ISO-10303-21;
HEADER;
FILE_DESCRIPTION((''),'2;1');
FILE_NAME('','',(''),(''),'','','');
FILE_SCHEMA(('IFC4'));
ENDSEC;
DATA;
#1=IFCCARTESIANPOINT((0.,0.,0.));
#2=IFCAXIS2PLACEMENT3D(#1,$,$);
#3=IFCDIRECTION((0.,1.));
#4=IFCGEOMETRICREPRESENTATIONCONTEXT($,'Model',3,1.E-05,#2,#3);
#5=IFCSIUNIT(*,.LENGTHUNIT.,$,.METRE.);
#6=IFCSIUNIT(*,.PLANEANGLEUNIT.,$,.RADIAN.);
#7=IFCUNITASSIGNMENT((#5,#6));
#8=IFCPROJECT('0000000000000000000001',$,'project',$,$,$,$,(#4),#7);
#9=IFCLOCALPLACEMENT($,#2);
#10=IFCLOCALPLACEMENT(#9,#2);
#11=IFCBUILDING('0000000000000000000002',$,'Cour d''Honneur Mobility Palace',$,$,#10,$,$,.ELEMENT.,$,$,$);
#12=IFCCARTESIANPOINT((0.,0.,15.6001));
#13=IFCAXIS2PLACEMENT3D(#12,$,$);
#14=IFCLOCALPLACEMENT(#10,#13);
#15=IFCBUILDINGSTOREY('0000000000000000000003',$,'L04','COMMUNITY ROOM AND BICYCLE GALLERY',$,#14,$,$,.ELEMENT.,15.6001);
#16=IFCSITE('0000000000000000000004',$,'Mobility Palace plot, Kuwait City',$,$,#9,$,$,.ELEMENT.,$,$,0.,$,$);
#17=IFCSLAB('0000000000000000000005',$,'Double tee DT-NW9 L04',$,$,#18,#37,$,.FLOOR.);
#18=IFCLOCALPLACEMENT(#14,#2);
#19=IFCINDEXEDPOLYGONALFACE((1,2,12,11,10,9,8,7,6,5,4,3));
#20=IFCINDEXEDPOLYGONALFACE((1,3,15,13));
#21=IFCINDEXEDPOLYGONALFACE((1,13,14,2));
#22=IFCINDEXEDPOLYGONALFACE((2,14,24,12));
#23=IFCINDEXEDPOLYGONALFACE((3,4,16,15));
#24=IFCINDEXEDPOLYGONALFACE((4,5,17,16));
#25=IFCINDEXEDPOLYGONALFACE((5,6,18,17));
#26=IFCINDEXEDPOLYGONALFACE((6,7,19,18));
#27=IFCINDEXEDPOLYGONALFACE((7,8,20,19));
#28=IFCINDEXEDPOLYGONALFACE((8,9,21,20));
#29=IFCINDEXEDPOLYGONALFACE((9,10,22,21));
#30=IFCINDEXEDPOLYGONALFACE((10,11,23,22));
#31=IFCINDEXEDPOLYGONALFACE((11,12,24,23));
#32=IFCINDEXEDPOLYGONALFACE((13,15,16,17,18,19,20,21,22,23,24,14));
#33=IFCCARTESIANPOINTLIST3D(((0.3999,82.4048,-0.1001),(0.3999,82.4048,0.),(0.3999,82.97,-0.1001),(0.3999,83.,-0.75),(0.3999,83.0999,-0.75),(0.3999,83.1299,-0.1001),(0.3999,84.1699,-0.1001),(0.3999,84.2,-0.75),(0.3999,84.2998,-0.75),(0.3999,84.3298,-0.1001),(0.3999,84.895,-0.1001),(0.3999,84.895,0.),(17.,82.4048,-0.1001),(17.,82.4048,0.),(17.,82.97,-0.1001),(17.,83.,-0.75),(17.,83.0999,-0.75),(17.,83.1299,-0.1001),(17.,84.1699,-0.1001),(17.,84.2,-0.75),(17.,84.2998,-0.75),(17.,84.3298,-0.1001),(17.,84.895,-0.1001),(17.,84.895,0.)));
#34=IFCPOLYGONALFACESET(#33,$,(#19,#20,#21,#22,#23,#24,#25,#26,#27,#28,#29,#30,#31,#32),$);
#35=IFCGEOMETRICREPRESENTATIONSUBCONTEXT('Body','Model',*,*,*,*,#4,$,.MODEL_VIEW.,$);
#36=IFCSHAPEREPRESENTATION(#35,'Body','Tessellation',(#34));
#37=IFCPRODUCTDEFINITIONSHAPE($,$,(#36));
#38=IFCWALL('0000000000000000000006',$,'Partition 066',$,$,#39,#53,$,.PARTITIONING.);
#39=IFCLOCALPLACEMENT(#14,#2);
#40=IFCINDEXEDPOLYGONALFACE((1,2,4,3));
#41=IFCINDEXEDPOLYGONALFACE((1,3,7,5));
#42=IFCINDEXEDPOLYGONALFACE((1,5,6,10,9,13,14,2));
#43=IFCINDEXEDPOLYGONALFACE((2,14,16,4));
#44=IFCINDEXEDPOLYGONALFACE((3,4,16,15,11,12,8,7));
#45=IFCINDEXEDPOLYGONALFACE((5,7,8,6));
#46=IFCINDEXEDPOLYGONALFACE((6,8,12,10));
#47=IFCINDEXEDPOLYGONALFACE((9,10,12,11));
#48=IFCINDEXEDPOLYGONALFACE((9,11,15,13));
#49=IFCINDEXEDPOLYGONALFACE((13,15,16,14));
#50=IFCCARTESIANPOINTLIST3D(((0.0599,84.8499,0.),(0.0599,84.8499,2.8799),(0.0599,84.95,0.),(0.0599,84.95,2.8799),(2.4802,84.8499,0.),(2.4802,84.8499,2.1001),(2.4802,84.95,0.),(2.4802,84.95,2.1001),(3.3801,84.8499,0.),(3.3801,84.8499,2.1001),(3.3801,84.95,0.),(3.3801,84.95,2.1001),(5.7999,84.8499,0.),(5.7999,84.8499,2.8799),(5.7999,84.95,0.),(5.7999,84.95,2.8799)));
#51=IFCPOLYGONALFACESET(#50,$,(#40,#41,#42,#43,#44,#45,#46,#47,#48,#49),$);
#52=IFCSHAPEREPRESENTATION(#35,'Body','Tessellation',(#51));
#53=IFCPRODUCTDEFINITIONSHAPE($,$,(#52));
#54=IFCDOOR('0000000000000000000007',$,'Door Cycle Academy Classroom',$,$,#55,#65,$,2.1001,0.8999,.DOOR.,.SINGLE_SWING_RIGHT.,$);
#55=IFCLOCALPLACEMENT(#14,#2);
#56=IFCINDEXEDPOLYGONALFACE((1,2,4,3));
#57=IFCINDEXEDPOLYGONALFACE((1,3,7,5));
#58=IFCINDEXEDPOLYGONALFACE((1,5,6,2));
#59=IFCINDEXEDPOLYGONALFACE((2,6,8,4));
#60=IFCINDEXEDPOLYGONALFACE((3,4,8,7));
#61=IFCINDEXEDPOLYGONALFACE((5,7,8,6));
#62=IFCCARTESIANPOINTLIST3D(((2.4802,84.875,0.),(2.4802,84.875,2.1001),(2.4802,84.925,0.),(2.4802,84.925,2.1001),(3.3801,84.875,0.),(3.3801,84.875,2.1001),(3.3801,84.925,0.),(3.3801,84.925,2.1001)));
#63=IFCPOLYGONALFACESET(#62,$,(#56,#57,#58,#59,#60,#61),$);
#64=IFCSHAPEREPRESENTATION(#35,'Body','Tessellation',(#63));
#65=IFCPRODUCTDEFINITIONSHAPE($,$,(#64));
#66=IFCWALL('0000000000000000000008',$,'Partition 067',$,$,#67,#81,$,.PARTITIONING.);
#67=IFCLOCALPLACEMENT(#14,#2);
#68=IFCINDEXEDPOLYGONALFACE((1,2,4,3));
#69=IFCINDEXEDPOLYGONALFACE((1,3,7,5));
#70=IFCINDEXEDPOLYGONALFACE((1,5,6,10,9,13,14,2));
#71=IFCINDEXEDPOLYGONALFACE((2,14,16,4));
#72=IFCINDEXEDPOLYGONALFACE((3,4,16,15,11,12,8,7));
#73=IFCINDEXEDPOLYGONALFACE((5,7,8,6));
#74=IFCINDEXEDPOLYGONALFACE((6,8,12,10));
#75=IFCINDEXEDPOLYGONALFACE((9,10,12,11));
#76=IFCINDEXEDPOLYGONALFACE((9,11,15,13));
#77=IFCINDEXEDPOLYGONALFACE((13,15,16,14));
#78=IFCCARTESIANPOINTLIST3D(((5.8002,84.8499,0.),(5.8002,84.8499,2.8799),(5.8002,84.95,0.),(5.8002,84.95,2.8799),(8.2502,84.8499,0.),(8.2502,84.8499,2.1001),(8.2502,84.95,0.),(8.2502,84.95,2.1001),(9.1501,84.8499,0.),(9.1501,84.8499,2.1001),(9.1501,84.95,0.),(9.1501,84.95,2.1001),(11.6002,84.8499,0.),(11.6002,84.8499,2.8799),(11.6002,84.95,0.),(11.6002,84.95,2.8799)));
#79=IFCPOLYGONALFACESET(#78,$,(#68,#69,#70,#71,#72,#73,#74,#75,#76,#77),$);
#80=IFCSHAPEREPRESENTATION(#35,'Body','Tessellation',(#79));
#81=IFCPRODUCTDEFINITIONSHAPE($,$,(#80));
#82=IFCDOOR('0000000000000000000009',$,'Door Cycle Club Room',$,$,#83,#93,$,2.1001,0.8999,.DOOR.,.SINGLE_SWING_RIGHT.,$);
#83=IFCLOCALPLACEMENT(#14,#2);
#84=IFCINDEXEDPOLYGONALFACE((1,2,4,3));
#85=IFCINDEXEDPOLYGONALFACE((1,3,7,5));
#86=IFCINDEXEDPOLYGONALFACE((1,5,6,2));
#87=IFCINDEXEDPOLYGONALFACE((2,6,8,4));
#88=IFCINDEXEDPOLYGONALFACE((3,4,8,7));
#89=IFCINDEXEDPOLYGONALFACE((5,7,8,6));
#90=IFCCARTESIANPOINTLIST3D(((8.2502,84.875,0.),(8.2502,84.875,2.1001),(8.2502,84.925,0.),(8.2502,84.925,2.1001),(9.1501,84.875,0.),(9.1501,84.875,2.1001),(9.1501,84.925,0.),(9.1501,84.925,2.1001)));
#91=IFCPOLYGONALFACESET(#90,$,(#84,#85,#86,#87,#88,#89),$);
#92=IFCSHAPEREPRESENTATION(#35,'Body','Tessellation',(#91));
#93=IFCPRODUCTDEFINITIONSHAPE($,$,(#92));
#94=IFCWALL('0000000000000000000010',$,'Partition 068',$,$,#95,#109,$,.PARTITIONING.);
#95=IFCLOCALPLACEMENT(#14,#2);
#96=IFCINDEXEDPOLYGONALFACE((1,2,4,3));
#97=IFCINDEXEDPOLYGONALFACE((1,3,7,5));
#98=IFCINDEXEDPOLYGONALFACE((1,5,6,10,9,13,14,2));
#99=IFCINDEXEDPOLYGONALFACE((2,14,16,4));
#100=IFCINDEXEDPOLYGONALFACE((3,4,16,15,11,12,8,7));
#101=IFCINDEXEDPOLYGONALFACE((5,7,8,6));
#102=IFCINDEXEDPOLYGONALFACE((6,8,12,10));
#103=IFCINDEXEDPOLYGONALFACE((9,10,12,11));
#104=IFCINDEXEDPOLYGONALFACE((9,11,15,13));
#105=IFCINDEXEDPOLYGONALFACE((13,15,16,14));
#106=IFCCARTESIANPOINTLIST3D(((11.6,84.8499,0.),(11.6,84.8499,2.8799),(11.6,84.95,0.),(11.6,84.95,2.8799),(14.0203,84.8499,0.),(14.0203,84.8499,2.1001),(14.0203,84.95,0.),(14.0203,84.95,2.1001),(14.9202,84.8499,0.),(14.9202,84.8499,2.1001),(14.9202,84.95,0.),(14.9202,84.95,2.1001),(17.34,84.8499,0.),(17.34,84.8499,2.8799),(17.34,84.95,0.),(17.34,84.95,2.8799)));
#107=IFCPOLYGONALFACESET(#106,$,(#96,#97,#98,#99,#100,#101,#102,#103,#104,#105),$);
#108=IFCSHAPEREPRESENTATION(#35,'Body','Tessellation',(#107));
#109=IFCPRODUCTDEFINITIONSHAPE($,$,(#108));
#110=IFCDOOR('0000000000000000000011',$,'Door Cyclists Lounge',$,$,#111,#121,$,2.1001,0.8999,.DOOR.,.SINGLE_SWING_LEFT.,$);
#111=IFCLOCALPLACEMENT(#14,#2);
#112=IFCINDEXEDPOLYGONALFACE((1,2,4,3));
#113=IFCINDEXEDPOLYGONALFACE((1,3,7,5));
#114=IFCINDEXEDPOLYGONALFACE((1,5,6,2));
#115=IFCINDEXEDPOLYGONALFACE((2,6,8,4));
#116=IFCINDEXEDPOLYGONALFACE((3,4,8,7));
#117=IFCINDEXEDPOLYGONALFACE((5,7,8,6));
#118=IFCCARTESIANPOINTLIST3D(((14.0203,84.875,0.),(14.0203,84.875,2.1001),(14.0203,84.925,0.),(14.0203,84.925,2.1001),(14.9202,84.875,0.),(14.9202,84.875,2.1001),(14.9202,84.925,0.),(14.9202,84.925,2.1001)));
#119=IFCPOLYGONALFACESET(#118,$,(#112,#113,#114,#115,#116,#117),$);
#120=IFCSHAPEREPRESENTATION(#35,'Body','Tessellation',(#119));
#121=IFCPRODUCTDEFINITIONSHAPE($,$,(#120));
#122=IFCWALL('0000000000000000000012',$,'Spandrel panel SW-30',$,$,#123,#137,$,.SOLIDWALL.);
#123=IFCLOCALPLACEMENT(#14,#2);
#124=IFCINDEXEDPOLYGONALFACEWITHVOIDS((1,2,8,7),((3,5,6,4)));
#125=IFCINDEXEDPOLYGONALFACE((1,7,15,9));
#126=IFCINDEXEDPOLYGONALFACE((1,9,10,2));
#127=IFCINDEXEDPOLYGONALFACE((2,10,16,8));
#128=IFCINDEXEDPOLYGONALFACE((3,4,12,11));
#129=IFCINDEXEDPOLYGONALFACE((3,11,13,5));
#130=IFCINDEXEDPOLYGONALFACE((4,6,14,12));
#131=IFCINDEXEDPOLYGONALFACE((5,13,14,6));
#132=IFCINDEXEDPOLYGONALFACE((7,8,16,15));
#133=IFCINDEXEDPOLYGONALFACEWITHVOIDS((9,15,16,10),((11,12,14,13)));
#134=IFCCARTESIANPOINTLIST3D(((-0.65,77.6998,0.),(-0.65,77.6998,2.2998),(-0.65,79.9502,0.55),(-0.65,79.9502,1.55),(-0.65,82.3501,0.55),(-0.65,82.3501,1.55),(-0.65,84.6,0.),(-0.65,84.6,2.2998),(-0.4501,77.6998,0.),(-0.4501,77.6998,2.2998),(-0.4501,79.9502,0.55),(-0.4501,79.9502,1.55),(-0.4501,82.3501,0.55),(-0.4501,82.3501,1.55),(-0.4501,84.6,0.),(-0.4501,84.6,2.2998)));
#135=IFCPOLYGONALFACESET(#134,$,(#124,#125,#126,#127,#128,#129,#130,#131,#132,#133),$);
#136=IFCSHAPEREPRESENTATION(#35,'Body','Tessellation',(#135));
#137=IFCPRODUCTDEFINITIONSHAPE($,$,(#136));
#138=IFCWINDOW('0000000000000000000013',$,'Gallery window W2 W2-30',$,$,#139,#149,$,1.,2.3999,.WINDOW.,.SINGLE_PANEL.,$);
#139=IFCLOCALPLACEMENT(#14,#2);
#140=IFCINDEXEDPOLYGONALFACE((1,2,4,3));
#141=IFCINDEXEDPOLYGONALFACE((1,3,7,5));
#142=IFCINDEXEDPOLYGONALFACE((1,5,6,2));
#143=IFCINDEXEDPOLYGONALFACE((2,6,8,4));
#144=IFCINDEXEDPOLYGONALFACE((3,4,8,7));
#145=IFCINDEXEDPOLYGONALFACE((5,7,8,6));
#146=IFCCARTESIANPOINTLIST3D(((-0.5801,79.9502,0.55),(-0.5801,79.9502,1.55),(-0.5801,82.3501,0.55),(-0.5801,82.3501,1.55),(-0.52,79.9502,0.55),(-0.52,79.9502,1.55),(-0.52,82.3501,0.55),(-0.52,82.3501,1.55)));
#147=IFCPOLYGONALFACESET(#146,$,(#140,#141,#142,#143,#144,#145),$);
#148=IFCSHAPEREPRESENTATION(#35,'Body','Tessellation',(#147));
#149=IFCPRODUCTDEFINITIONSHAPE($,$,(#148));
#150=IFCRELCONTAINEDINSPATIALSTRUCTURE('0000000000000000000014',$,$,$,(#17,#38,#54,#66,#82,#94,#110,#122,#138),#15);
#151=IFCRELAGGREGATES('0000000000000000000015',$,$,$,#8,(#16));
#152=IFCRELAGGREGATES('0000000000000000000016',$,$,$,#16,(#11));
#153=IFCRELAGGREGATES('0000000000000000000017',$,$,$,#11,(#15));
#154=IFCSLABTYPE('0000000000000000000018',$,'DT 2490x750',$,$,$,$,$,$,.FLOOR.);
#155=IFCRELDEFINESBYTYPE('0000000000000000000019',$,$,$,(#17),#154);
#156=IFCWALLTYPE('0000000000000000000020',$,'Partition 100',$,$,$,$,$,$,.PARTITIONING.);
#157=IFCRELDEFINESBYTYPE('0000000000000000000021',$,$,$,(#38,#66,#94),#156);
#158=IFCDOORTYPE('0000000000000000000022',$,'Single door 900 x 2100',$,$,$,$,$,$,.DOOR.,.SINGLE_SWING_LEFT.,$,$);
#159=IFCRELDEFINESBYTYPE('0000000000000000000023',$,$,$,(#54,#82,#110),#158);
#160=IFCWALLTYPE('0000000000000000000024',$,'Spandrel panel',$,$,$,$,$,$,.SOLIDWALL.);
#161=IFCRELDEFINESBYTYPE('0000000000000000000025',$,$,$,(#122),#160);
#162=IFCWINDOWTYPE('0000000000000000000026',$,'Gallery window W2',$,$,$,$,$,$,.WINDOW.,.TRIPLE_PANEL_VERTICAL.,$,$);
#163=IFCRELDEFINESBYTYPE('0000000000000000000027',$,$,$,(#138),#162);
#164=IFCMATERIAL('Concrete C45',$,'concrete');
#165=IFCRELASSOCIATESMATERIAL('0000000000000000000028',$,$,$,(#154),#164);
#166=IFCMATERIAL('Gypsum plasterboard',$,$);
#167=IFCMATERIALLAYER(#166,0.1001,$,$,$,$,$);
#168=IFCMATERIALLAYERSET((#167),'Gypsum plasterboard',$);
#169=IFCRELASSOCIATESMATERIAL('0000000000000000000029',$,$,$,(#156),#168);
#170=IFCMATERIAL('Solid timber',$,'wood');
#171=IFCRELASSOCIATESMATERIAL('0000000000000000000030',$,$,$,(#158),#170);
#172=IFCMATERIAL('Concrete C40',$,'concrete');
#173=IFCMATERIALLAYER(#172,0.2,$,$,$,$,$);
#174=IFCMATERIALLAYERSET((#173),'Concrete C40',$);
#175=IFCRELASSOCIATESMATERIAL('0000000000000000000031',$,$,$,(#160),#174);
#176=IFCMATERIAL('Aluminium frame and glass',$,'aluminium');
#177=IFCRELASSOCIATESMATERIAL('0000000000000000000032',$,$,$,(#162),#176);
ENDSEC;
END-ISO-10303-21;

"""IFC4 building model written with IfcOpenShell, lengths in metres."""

from ifc_helpers import new_model, si_unit, direction, frame, frame_2d, origin, place, context, subcontext, project, spatial, polyline, rectangle, outline, extrude, material, layer, layer_set, material_profile, profile_set, type_object, element, fill, save


model = new_model("IFC4")

# Units and contexts
model_context = context("Model", 3, precision=1e-05, world=origin(), true_north=direction((0.0, 1.0)))
body_context = subcontext(model_context, "Body", "Model", "MODEL_VIEW")
ifc_project = project(units=[si_unit("LENGTHUNIT", "METRE"), si_unit("PLANEANGLEUNIT", "RADIAN")], contexts=[model_context])

# Site, building, storey
site_placement = place(None, origin())
site = spatial("IfcSite", under=ifc_project, at=site_placement, Name="Mobility Palace plot, Kuwait City", CompositionType="ELEMENT", RefElevation=0.0)
building_placement = place(site_placement, origin())
building = spatial("IfcBuilding", under=site, at=building_placement, Name="Cour d'Honneur Mobility Palace", CompositionType="ELEMENT")
storey_placement = place(building_placement, frame((0.0, 0.0, 15.6001)))
storey = spatial("IfcBuildingStorey", under=building, at=storey_placement, Name="L04", Description="COMMUNITY ROOM AND BICYCLE GALLERY", CompositionType="ELEMENT", Elevation=15.6001)

# Slab
ifc_material_1 = material(Name="Concrete C45", Category="concrete")
ifc_material_profile_1 = material_profile(ifc_material_1, outline(polyline([(-1.2451, 0.0), (1.2451, 0.0), (1.2451, -0.1001), (0.6799, -0.1001), (0.6499, -0.75), (0.55, -0.75), (0.52, -0.1001), (-0.52, -0.1001), (-0.55, -0.75), (-0.6499, -0.75), (-0.6799, -0.1001), (-1.2451, -0.1001), (-1.2451, 0.0)])), Name="DT 2490x750")
ifc_profile_set_1 = profile_set([ifc_material_profile_1], Name="Concrete C45")
slab_type = type_object("IfcSlabType", Name="DT 2490x750", PredefinedType="FLOOR", material=ifc_profile_set_1)
slab_1_placement = place(storey_placement, frame((0.3999, 83.6499, 0.0), z_axis=(1.0, 0.0, 0.0), x_axis=(0.0, 1.0, 0.0)))
element("IfcSlab", 1, at=slab_1_placement, inside=storey, type_object=slab_type, Name="Double tee DT-NW9 L04", PredefinedType="FLOOR", context=body_context, shape_type="SweptSolid", body=[
    extrude(outline(polyline([(-1.2451, 0.0), (1.2451, 0.0), (1.2451, -0.1001), (0.6799, -0.1001), (0.6499, -0.75), (0.55, -0.75), (0.52, -0.1001), (-0.52, -0.1001), (-0.55, -0.75), (-0.6499, -0.75), (-0.6799, -0.1001), (-1.2451, -0.1001), (-1.2451, 0.0)])), origin(), (0.0, 0.0, 1.0), 16.6001),
])

# Walls, openings, doors
ifc_material_2 = material(Name="Gypsum plasterboard")
ifc_layer_1 = layer(ifc_material_2, 0.1001)
ifc_layer_set_1 = layer_set([ifc_layer_1], Name="Gypsum plasterboard")
wall_type_1 = type_object("IfcWallType", Name="Partition 100", PredefinedType="PARTITIONING", material=ifc_layer_set_1)
wall_1_placement = place(storey_placement, frame((5.8, 84.8999, 0.0), z_axis=(0.0, 0.0, 1.0), x_axis=(-1.0, 0.0, 0.0)))
wall_1 = element("IfcWall", 2, at=wall_1_placement, inside=storey, type_object=wall_type_1, Name="Partition 066", PredefinedType="PARTITIONING", context=body_context, shape_type="SweptSolid", body=[
    extrude(rectangle(XDim=5.74, YDim=0.1001, at=frame_2d((2.8701, 0.0))), origin(), (0.0, 0.0, 1.0), 2.8799),
])
opening_1_placement = place(wall_1_placement, frame((2.4199, 0.0, 0.0)))
opening_1 = element("IfcOpeningElement", 3, at=opening_1_placement, cuts=wall_1, PredefinedType="OPENING", context=body_context, shape_type="SweptSolid", body=[
    extrude(rectangle(XDim=0.8999, YDim=2.1001, at=frame_2d((0.45, 1.05))), frame((0.0, 0.0601, 0.0), z_axis=(0.0, -1.0, 0.0), x_axis=(1.0, 0.0, 0.0)), (0.0, 0.0, 1.0), 0.1201),
])
ifc_material_3 = material(Name="Solid timber", Category="wood")
door_type = type_object("IfcDoorType", Name="Single door 900 x 2100", OperationType="SINGLE_SWING_LEFT", PredefinedType="DOOR", material=ifc_material_3)
door_1_placement = place(opening_1_placement, origin())
door_1 = element("IfcDoor", 4, at=door_1_placement, inside=storey, type_object=door_type, Name="Door Cycle Academy Classroom", OperationType="SINGLE_SWING_RIGHT", OverallHeight=2.1001, OverallWidth=0.8999, PredefinedType="DOOR", context=body_context, shape_type="SweptSolid", body=[
    extrude(rectangle(XDim=0.8999, YDim=2.1001, at=frame_2d((0.45, 1.05))), frame((0.0, 0.0249, 0.0), z_axis=(0.0, -1.0, 0.0), x_axis=(1.0, 0.0, 0.0)), (0.0, 0.0, 1.0), 0.05),
])
fill(opening_1, door_1)
wall_2_placement = place(storey_placement, frame((11.6001, 84.8999, 0.0), z_axis=(0.0, 0.0, 1.0), x_axis=(-1.0, 0.0, 0.0)))
wall_2 = element("IfcWall", 5, at=wall_2_placement, inside=storey, type_object=wall_type_1, Name="Partition 067", PredefinedType="PARTITIONING", context=body_context, shape_type="SweptSolid", body=[
    extrude(rectangle(XDim=5.8, YDim=0.1001, at=frame_2d((2.8999, 0.0))), origin(), (0.0, 0.0, 1.0), 2.8799),
])
opening_2_placement = place(wall_2_placement, frame((2.45, 0.0, 0.0)))
opening_2 = element("IfcOpeningElement", 6, at=opening_2_placement, cuts=wall_2, PredefinedType="OPENING", context=body_context, shape_type="SweptSolid", body=[
    extrude(rectangle(XDim=0.8999, YDim=2.1001, at=frame_2d((0.45, 1.05))), frame((0.0, 0.0601, 0.0), z_axis=(0.0, -1.0, 0.0), x_axis=(1.0, 0.0, 0.0)), (0.0, 0.0, 1.0), 0.1201),
])
door_2_placement = place(opening_2_placement, origin())
door_2 = element("IfcDoor", 7, at=door_2_placement, inside=storey, type_object=door_type, Name="Door Cycle Club Room", OperationType="SINGLE_SWING_RIGHT", OverallHeight=2.1001, OverallWidth=0.8999, PredefinedType="DOOR", context=body_context, shape_type="SweptSolid", body=[
    extrude(rectangle(XDim=0.8999, YDim=2.1001, at=frame_2d((0.45, 1.05))), frame((0.0, 0.0249, 0.0), z_axis=(0.0, -1.0, 0.0), x_axis=(1.0, 0.0, 0.0)), (0.0, 0.0, 1.0), 0.05),
])
fill(opening_2, door_2)
wall_3_placement = place(storey_placement, frame((17.3401, 84.8999, 0.0), z_axis=(0.0, 0.0, 1.0), x_axis=(-1.0, 0.0, 0.0)))
wall_3 = element("IfcWall", 8, at=wall_3_placement, inside=storey, type_object=wall_type_1, Name="Partition 068", PredefinedType="PARTITIONING", context=body_context, shape_type="SweptSolid", body=[
    extrude(rectangle(XDim=5.74, YDim=0.1001, at=frame_2d((2.8701, 0.0))), origin(), (0.0, 0.0, 1.0), 2.8799),
])
opening_3_placement = place(wall_3_placement, frame((2.4199, 0.0, 0.0)))
opening_3 = element("IfcOpeningElement", 9, at=opening_3_placement, cuts=wall_3, PredefinedType="OPENING", context=body_context, shape_type="SweptSolid", body=[
    extrude(rectangle(XDim=0.8999, YDim=2.1001, at=frame_2d((0.45, 1.05))), frame((0.0, 0.0601, 0.0), z_axis=(0.0, -1.0, 0.0), x_axis=(1.0, 0.0, 0.0)), (0.0, 0.0, 1.0), 0.1201),
])
door_3_placement = place(opening_3_placement, origin())
door_3 = element("IfcDoor", 10, at=door_3_placement, inside=storey, type_object=door_type, Name="Door Cyclists Lounge", OperationType="SINGLE_SWING_LEFT", OverallHeight=2.1001, OverallWidth=0.8999, PredefinedType="DOOR", context=body_context, shape_type="SweptSolid", body=[
    extrude(rectangle(XDim=0.8999, YDim=2.1001, at=frame_2d((0.45, 1.05))), frame((0.0, 0.0249, 0.0), z_axis=(0.0, -1.0, 0.0), x_axis=(1.0, 0.0, 0.0)), (0.0, 0.0, 1.0), 0.05),
])
fill(opening_3, door_3)

# Wall, opening, window
ifc_material_4 = material(Name="Concrete C40", Category="concrete")
ifc_layer_2 = layer(ifc_material_4, 0.2)
ifc_layer_set_2 = layer_set([ifc_layer_2], Name="Concrete C40")
wall_type_2 = type_object("IfcWallType", Name="Spandrel panel", PredefinedType="SOLIDWALL", material=ifc_layer_set_2)
wall_4_placement = place(storey_placement, frame((-0.55, 84.6001, 0.0), z_axis=(0.0, 0.0, 1.0), x_axis=(0.0, -1.0, 0.0)))
wall_4 = element("IfcWall", 11, at=wall_4_placement, inside=storey, type_object=wall_type_2, Name="Spandrel panel SW-30", PredefinedType="SOLIDWALL", context=body_context, shape_type="SweptSolid", body=[
    extrude(rectangle(XDim=6.9001, YDim=0.2, at=frame_2d((3.4502, 0.0))), origin(), (0.0, 0.0, 1.0), 2.2998),
])
opening_4_placement = place(wall_4_placement, frame((2.25, 0.0, 0.55)))
opening_4 = element("IfcOpeningElement", 12, at=opening_4_placement, cuts=wall_4, PredefinedType="OPENING", context=body_context, shape_type="SweptSolid", body=[
    extrude(rectangle(XDim=2.3999, YDim=1.0, at=frame_2d((1.2, 0.5))), frame((0.0, 0.1099, 0.0), z_axis=(0.0, -1.0, 0.0), x_axis=(1.0, 0.0, 0.0)), (0.0, 0.0, 1.0), 0.22),
])
ifc_material_5 = material(Name="Aluminium frame and glass", Category="aluminium")
window_type = type_object("IfcWindowType", Name="Gallery window W2", PartitioningType="TRIPLE_PANEL_VERTICAL", PredefinedType="WINDOW", material=ifc_material_5)
window_1_placement = place(opening_4_placement, origin())
window_1 = element("IfcWindow", 13, at=window_1_placement, inside=storey, type_object=window_type, Name="Gallery window W2 W2-30", OverallHeight=1.0, OverallWidth=2.3999, PartitioningType="SINGLE_PANEL", PredefinedType="WINDOW", context=body_context, shape_type="SweptSolid", body=[
    extrude(rectangle(XDim=2.3999, YDim=1.0, at=frame_2d((1.2, 0.5))), frame((0.0, 0.03, 0.0), z_axis=(0.0, -1.0, 0.0), x_axis=(1.0, 0.0, 0.0)), (0.0, 0.0, 1.0), 0.0601),
])
fill(opening_4, window_1)

save(model, "model.ifc")
